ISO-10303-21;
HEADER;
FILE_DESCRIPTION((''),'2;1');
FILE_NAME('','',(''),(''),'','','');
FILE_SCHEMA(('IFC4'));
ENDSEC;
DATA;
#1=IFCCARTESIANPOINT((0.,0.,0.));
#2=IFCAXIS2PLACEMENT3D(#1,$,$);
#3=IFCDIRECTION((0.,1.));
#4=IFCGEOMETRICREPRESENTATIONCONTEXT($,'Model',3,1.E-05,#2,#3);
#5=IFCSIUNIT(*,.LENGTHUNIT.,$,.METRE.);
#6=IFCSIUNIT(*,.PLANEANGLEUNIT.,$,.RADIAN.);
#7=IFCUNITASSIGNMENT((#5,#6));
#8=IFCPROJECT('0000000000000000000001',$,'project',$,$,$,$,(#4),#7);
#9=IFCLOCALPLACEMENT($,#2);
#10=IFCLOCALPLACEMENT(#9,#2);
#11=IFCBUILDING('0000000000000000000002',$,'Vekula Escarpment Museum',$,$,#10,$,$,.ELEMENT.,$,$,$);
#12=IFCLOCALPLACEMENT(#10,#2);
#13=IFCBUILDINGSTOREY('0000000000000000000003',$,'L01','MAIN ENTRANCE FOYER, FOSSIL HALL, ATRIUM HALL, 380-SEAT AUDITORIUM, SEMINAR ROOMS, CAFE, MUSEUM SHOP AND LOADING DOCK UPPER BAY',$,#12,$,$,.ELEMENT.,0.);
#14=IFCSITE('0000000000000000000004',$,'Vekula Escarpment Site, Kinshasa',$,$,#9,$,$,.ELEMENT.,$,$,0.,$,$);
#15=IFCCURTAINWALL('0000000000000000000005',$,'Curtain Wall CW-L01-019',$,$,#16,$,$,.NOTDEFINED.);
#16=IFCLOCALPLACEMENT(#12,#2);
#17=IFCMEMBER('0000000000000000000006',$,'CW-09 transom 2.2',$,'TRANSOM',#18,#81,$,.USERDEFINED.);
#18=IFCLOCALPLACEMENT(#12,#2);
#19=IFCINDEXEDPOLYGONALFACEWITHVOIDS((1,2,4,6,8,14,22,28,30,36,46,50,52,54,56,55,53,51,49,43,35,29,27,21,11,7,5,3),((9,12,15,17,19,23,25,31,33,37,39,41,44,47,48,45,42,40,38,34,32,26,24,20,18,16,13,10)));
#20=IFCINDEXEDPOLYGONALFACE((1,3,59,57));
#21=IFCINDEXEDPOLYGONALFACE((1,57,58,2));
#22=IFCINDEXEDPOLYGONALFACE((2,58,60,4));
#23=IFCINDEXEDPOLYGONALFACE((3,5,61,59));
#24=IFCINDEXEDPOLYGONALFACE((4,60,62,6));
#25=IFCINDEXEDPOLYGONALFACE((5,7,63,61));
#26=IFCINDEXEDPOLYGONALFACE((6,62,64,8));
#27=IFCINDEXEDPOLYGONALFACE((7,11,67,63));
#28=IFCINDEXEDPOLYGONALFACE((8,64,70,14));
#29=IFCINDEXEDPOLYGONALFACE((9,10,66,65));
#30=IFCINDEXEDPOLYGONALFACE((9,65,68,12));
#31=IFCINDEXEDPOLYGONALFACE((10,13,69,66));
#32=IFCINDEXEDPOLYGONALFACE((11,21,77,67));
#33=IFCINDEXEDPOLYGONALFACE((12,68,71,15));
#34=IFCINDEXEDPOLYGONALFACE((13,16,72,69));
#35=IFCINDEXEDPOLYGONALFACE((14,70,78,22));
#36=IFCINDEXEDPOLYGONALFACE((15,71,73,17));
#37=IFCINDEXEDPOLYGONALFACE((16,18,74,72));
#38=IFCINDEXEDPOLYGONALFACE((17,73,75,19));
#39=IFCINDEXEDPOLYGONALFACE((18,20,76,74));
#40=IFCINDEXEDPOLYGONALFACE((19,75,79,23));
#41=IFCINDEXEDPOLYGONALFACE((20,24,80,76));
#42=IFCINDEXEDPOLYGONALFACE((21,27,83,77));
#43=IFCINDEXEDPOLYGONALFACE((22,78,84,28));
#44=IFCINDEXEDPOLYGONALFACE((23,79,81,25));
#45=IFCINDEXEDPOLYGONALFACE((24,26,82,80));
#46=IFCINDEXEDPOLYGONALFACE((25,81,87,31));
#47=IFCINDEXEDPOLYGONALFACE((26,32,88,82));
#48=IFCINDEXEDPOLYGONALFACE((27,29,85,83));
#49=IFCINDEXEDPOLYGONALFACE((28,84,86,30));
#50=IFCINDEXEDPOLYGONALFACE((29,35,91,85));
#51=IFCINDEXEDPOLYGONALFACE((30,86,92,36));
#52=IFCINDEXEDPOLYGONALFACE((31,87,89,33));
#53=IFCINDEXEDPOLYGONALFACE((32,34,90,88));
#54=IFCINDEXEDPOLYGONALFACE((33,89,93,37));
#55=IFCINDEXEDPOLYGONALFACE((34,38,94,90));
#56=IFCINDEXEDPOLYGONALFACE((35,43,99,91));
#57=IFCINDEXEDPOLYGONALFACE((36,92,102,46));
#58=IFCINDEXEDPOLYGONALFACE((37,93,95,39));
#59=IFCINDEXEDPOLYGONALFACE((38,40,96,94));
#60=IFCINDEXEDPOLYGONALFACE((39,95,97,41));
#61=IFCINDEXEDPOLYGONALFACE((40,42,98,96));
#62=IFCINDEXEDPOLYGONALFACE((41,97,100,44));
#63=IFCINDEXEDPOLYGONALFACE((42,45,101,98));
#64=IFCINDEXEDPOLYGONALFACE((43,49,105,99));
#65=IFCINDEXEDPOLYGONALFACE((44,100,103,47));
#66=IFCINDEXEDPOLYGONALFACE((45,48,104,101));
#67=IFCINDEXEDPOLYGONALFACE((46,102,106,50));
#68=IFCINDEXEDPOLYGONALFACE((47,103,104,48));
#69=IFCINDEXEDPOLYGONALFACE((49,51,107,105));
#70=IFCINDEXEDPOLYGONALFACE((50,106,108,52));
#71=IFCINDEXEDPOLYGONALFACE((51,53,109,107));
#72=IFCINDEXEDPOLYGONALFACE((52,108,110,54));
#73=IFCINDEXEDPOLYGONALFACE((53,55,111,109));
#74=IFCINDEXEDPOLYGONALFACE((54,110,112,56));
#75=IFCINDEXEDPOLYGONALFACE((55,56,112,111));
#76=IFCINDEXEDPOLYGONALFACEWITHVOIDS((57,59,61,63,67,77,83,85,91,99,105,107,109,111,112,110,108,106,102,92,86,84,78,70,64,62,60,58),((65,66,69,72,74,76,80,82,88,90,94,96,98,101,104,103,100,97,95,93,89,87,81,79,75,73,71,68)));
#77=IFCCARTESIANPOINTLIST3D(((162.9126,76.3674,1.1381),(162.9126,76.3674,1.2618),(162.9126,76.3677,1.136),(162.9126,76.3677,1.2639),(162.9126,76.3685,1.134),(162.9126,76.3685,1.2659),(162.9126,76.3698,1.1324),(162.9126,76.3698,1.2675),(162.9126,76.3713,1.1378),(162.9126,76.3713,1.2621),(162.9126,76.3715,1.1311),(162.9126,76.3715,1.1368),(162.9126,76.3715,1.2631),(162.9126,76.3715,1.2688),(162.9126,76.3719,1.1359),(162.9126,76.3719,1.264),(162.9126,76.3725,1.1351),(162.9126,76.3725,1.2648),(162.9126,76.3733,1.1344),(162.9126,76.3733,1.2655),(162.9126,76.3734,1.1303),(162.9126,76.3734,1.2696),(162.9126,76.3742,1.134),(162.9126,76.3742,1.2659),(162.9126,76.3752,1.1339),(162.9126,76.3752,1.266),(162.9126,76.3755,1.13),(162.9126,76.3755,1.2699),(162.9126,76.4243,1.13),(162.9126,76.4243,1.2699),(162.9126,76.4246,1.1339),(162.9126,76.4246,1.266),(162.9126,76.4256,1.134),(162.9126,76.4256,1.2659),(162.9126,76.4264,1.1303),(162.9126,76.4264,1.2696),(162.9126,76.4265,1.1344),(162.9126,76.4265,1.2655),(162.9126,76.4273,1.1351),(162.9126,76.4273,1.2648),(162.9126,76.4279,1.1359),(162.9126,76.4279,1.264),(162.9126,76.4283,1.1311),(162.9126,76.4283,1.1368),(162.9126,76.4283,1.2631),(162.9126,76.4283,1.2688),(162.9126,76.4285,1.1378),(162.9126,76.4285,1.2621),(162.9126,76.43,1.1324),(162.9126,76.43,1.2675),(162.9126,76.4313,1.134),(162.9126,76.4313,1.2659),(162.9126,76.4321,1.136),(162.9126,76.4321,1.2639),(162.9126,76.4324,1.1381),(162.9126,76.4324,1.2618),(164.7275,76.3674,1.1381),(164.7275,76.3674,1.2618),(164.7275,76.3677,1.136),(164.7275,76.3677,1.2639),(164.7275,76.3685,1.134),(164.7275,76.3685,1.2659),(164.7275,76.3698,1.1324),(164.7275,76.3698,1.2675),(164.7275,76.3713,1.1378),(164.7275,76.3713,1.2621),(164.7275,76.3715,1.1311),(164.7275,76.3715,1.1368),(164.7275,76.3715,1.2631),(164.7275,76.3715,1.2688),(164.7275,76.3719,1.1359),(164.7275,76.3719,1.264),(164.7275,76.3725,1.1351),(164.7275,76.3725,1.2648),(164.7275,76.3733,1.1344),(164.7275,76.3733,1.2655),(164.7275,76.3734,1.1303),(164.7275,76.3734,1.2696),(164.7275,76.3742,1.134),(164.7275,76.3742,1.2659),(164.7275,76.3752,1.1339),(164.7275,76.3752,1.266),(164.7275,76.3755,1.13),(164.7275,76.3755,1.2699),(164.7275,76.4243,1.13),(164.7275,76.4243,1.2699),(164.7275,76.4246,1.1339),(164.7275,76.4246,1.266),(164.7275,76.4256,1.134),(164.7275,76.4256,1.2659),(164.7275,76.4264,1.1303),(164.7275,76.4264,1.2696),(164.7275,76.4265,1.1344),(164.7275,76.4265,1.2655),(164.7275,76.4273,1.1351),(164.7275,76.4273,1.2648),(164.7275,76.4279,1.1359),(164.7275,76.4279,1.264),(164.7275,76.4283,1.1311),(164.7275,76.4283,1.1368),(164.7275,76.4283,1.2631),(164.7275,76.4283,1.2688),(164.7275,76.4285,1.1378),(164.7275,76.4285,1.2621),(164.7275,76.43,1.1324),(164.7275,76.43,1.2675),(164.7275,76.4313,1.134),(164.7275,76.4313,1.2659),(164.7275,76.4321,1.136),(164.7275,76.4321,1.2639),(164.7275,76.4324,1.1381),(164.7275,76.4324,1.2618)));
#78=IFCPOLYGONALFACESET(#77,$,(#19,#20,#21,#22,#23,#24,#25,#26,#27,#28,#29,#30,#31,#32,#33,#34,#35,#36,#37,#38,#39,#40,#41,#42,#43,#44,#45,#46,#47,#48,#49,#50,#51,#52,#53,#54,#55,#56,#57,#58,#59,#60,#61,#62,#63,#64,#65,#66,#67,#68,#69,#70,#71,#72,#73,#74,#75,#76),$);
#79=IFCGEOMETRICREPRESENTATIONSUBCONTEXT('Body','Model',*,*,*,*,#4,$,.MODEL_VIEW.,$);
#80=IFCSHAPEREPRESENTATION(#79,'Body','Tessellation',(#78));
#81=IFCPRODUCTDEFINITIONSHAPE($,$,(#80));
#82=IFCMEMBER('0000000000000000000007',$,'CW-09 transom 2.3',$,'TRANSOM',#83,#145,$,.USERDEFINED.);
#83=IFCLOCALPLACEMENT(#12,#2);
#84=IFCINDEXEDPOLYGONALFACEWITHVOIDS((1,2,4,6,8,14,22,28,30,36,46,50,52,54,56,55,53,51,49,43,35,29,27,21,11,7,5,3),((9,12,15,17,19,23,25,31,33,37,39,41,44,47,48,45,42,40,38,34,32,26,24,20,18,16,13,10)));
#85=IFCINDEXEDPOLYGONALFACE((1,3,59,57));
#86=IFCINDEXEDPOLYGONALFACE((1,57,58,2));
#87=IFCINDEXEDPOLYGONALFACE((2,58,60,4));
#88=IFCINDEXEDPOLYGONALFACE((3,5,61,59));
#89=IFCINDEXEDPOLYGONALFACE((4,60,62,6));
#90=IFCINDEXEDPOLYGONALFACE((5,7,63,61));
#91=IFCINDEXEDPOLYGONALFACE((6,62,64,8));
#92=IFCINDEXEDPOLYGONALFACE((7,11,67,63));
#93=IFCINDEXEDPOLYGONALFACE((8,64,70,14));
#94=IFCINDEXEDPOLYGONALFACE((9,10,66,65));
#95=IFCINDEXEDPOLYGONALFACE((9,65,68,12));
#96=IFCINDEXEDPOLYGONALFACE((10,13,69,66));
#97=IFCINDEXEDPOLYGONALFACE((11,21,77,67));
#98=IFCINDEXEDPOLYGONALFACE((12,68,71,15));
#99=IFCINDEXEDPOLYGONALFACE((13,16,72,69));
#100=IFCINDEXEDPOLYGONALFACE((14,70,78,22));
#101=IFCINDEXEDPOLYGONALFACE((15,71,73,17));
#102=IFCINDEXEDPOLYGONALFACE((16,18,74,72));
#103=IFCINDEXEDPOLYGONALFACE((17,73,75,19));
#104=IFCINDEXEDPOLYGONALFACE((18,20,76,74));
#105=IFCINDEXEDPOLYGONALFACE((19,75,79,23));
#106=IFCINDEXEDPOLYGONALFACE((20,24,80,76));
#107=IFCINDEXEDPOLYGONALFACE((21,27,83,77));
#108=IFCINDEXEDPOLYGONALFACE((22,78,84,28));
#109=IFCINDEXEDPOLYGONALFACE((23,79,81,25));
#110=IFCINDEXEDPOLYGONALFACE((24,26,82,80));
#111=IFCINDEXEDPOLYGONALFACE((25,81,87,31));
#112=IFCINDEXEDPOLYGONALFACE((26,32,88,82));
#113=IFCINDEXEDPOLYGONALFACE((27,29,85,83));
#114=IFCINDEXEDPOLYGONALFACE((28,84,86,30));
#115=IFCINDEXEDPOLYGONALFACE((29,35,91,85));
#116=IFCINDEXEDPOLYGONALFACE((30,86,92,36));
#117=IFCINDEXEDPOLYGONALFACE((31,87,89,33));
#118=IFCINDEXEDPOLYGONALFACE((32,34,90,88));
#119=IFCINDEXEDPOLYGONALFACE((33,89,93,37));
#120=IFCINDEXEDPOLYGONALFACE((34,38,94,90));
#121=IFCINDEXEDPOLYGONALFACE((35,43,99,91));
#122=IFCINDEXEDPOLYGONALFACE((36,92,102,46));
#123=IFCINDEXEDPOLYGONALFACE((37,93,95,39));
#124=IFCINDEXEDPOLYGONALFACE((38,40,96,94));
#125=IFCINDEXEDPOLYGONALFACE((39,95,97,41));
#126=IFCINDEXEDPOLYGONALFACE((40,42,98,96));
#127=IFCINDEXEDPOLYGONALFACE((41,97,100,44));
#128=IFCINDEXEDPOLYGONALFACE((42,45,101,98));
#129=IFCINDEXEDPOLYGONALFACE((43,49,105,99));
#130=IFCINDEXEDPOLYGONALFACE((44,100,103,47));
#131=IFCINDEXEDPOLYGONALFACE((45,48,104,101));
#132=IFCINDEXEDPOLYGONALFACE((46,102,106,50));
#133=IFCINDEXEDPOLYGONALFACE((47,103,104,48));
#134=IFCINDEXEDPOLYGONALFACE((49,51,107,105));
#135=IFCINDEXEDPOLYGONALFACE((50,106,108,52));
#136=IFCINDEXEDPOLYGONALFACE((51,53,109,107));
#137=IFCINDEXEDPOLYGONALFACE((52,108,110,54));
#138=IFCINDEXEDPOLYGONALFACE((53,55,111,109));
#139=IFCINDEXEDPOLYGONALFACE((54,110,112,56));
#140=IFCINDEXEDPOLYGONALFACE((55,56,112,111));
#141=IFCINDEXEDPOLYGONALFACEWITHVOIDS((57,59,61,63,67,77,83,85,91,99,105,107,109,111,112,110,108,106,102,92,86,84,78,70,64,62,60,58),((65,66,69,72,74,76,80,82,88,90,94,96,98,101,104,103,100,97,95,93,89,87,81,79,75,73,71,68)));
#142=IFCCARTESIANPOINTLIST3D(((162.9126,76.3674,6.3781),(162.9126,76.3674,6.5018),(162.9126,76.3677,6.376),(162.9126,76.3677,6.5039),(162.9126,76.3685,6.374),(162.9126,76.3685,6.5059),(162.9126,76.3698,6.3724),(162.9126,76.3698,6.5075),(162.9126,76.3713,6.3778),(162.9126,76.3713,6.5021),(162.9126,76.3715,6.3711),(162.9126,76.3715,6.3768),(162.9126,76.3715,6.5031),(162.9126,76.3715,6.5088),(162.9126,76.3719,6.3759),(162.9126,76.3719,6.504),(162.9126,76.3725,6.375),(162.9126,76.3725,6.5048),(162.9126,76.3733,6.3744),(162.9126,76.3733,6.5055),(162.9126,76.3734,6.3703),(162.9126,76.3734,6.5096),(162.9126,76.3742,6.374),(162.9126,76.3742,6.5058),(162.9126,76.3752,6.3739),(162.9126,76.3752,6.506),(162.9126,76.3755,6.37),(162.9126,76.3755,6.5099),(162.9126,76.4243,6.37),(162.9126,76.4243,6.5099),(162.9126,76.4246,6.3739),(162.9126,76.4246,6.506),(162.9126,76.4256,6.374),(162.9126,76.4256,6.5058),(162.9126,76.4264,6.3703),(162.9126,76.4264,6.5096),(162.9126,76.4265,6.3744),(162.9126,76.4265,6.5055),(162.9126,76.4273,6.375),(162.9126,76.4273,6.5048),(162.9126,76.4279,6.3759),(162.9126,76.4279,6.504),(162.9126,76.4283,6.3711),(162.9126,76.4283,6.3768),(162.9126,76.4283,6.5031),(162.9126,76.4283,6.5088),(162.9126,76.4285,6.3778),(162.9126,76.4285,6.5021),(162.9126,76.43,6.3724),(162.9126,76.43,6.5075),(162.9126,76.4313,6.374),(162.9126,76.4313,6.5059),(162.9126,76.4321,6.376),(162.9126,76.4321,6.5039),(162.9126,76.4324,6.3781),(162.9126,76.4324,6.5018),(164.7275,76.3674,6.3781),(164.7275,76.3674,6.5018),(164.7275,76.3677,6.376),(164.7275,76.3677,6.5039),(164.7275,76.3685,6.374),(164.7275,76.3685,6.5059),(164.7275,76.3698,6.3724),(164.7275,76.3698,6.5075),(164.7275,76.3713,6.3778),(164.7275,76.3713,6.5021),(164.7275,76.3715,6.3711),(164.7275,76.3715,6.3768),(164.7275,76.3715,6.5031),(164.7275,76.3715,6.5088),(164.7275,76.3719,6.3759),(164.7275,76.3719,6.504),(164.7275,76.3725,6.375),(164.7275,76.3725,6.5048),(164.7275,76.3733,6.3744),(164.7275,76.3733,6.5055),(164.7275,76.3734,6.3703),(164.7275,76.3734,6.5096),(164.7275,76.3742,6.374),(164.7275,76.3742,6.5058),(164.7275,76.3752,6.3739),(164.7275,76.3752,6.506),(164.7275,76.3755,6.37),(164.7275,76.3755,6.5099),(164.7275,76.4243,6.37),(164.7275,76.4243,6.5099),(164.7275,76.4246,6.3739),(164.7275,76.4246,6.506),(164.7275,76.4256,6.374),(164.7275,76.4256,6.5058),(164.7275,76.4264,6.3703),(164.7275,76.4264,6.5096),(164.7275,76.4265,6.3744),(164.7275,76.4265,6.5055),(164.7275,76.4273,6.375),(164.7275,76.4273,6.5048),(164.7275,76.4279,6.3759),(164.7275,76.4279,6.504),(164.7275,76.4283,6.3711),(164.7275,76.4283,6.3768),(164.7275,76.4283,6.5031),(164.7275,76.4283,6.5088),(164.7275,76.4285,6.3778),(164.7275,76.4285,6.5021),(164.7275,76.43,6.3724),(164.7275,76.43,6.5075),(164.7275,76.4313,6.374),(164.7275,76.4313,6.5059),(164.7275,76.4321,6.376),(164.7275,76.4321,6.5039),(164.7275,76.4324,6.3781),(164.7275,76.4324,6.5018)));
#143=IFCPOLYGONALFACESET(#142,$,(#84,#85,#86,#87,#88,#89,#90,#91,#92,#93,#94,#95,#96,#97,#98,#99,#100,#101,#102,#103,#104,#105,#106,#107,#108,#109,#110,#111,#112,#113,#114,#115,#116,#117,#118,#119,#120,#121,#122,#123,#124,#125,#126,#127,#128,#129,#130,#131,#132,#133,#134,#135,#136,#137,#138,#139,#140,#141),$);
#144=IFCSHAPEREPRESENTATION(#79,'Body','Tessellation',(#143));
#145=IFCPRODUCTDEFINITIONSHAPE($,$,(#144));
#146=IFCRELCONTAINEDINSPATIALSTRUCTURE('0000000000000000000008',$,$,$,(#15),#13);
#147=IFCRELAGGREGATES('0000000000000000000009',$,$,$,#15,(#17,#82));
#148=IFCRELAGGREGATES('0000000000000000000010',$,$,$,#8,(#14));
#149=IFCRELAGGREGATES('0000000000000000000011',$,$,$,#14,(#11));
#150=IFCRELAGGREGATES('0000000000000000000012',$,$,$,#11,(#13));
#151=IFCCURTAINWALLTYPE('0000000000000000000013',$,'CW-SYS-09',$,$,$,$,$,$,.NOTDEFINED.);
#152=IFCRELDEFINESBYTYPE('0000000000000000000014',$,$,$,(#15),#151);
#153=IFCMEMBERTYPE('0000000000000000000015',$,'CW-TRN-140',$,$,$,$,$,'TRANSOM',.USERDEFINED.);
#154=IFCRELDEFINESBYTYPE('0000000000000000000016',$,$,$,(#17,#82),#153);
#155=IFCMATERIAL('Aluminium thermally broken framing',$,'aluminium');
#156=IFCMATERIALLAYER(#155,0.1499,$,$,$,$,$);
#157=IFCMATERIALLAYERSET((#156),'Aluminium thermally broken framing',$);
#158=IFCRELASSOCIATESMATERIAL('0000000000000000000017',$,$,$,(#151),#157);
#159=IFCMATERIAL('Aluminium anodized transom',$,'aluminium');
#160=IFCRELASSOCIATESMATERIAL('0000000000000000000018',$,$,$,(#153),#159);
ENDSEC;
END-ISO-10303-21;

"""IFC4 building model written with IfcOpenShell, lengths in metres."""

from ifc_helpers import new_model, si_unit, direction, frame, origin, origin_2d, place, context, subcontext, project, spatial, hollow_rectangle, extrude, material, layer, layer_set, material_profile, profile_set, type_object, element, aggregate, save


model = new_model("IFC4")

# Units and contexts
model_context = context("Model", 3, precision=1e-05, world=origin(), true_north=direction((0.0, 1.0)))
body_context = subcontext(model_context, "Body", "Model", "MODEL_VIEW")
ifc_project = project(units=[si_unit("LENGTHUNIT", "METRE"), si_unit("PLANEANGLEUNIT", "RADIAN")], contexts=[model_context])

# Site, building, storey
site_placement = place(None, origin())
site = spatial("IfcSite", under=ifc_project, at=site_placement, Name="Vekula Escarpment Site, Kinshasa", CompositionType="ELEMENT", RefElevation=0.0)
building_placement = place(site_placement, origin())
building = spatial("IfcBuilding", under=site, at=building_placement, Name="Vekula Escarpment Museum", CompositionType="ELEMENT")
storey_placement = place(building_placement, origin())
storey = spatial("IfcBuildingStorey", under=building, at=storey_placement, Name="L01", Description="MAIN ENTRANCE FOYER, FOSSIL HALL, ATRIUM HALL, 380-SEAT AUDITORIUM, SEMINAR ROOMS, CAFE, MUSEUM SHOP AND LOADING DOCK UPPER BAY", CompositionType="ELEMENT", Elevation=0.0)

# Curtain wall
ifc_material_1 = material(Name="Aluminium thermally broken framing", Category="aluminium")
ifc_layer_1 = layer(ifc_material_1, 0.1499)
ifc_layer_set_1 = layer_set([ifc_layer_1], Name="Aluminium thermally broken framing")
curtain_wall_type_1 = type_object("IfcCurtainWallType", Name="CW-SYS-09", PredefinedType="NOTDEFINED", material=ifc_layer_set_1)
curtain_wall_1_placement = place(storey_placement, origin())
curtain_wall_1 = element("IfcCurtainWall", 1, at=curtain_wall_1_placement, inside=storey, type_object=curtain_wall_type_1, Name="Curtain Wall CW-L01-019", PredefinedType="NOTDEFINED")

# Members
ifc_material_2 = material(Name="Aluminium anodized transom", Category="aluminium")
ifc_material_profile_1 = material_profile(ifc_material_2, hollow_rectangle(XDim=0.0649, YDim=0.1399, WallThickness=0.0039, InnerFilletRadius=0.0039, OuterFilletRadius=0.0081, at=origin_2d()), Name="ALU 140x65x4")
ifc_profile_set_1 = profile_set([ifc_material_profile_1], Name="Aluminium anodized transom")
member_type_1 = type_object("IfcMemberType", Name="CW-TRN-140", ElementType="TRANSOM", PredefinedType="USERDEFINED", material=ifc_profile_set_1)
member_1_placement = place(storey_placement, frame((164.7275, 76.3999, 1.2), z_axis=(-1.0, 0.0, 0.0), x_axis=(0.0, -1.0, 0.0)))
member_1 = element("IfcMember", 2, at=member_1_placement, type_object=member_type_1, Name="CW-09 transom 2.2", ObjectType="TRANSOM", PredefinedType="USERDEFINED", context=body_context, shape_type="SweptSolid", body=[
    extrude(hollow_rectangle(XDim=0.0649, YDim=0.1399, WallThickness=0.0039, InnerFilletRadius=0.0039, OuterFilletRadius=0.0081, at=origin_2d()), origin(), (0.0, 0.0, 1.0), 1.8149),
])
member_2_placement = place(storey_placement, frame((164.7275, 76.3999, 6.4399), z_axis=(-1.0, 0.0, 0.0), x_axis=(0.0, -1.0, 0.0)))
member_2 = element("IfcMember", 3, at=member_2_placement, type_object=member_type_1, Name="CW-09 transom 2.3", ObjectType="TRANSOM", PredefinedType="USERDEFINED", context=body_context, shape_type="SweptSolid", body=[
    extrude(hollow_rectangle(XDim=0.0649, YDim=0.1399, WallThickness=0.0039, InnerFilletRadius=0.0039, OuterFilletRadius=0.0081, at=origin_2d()), origin(), (0.0, 0.0, 1.0), 1.8149),
])

aggregate(curtain_wall_1, [member_1, member_2])

save(model, "model.ifc")
